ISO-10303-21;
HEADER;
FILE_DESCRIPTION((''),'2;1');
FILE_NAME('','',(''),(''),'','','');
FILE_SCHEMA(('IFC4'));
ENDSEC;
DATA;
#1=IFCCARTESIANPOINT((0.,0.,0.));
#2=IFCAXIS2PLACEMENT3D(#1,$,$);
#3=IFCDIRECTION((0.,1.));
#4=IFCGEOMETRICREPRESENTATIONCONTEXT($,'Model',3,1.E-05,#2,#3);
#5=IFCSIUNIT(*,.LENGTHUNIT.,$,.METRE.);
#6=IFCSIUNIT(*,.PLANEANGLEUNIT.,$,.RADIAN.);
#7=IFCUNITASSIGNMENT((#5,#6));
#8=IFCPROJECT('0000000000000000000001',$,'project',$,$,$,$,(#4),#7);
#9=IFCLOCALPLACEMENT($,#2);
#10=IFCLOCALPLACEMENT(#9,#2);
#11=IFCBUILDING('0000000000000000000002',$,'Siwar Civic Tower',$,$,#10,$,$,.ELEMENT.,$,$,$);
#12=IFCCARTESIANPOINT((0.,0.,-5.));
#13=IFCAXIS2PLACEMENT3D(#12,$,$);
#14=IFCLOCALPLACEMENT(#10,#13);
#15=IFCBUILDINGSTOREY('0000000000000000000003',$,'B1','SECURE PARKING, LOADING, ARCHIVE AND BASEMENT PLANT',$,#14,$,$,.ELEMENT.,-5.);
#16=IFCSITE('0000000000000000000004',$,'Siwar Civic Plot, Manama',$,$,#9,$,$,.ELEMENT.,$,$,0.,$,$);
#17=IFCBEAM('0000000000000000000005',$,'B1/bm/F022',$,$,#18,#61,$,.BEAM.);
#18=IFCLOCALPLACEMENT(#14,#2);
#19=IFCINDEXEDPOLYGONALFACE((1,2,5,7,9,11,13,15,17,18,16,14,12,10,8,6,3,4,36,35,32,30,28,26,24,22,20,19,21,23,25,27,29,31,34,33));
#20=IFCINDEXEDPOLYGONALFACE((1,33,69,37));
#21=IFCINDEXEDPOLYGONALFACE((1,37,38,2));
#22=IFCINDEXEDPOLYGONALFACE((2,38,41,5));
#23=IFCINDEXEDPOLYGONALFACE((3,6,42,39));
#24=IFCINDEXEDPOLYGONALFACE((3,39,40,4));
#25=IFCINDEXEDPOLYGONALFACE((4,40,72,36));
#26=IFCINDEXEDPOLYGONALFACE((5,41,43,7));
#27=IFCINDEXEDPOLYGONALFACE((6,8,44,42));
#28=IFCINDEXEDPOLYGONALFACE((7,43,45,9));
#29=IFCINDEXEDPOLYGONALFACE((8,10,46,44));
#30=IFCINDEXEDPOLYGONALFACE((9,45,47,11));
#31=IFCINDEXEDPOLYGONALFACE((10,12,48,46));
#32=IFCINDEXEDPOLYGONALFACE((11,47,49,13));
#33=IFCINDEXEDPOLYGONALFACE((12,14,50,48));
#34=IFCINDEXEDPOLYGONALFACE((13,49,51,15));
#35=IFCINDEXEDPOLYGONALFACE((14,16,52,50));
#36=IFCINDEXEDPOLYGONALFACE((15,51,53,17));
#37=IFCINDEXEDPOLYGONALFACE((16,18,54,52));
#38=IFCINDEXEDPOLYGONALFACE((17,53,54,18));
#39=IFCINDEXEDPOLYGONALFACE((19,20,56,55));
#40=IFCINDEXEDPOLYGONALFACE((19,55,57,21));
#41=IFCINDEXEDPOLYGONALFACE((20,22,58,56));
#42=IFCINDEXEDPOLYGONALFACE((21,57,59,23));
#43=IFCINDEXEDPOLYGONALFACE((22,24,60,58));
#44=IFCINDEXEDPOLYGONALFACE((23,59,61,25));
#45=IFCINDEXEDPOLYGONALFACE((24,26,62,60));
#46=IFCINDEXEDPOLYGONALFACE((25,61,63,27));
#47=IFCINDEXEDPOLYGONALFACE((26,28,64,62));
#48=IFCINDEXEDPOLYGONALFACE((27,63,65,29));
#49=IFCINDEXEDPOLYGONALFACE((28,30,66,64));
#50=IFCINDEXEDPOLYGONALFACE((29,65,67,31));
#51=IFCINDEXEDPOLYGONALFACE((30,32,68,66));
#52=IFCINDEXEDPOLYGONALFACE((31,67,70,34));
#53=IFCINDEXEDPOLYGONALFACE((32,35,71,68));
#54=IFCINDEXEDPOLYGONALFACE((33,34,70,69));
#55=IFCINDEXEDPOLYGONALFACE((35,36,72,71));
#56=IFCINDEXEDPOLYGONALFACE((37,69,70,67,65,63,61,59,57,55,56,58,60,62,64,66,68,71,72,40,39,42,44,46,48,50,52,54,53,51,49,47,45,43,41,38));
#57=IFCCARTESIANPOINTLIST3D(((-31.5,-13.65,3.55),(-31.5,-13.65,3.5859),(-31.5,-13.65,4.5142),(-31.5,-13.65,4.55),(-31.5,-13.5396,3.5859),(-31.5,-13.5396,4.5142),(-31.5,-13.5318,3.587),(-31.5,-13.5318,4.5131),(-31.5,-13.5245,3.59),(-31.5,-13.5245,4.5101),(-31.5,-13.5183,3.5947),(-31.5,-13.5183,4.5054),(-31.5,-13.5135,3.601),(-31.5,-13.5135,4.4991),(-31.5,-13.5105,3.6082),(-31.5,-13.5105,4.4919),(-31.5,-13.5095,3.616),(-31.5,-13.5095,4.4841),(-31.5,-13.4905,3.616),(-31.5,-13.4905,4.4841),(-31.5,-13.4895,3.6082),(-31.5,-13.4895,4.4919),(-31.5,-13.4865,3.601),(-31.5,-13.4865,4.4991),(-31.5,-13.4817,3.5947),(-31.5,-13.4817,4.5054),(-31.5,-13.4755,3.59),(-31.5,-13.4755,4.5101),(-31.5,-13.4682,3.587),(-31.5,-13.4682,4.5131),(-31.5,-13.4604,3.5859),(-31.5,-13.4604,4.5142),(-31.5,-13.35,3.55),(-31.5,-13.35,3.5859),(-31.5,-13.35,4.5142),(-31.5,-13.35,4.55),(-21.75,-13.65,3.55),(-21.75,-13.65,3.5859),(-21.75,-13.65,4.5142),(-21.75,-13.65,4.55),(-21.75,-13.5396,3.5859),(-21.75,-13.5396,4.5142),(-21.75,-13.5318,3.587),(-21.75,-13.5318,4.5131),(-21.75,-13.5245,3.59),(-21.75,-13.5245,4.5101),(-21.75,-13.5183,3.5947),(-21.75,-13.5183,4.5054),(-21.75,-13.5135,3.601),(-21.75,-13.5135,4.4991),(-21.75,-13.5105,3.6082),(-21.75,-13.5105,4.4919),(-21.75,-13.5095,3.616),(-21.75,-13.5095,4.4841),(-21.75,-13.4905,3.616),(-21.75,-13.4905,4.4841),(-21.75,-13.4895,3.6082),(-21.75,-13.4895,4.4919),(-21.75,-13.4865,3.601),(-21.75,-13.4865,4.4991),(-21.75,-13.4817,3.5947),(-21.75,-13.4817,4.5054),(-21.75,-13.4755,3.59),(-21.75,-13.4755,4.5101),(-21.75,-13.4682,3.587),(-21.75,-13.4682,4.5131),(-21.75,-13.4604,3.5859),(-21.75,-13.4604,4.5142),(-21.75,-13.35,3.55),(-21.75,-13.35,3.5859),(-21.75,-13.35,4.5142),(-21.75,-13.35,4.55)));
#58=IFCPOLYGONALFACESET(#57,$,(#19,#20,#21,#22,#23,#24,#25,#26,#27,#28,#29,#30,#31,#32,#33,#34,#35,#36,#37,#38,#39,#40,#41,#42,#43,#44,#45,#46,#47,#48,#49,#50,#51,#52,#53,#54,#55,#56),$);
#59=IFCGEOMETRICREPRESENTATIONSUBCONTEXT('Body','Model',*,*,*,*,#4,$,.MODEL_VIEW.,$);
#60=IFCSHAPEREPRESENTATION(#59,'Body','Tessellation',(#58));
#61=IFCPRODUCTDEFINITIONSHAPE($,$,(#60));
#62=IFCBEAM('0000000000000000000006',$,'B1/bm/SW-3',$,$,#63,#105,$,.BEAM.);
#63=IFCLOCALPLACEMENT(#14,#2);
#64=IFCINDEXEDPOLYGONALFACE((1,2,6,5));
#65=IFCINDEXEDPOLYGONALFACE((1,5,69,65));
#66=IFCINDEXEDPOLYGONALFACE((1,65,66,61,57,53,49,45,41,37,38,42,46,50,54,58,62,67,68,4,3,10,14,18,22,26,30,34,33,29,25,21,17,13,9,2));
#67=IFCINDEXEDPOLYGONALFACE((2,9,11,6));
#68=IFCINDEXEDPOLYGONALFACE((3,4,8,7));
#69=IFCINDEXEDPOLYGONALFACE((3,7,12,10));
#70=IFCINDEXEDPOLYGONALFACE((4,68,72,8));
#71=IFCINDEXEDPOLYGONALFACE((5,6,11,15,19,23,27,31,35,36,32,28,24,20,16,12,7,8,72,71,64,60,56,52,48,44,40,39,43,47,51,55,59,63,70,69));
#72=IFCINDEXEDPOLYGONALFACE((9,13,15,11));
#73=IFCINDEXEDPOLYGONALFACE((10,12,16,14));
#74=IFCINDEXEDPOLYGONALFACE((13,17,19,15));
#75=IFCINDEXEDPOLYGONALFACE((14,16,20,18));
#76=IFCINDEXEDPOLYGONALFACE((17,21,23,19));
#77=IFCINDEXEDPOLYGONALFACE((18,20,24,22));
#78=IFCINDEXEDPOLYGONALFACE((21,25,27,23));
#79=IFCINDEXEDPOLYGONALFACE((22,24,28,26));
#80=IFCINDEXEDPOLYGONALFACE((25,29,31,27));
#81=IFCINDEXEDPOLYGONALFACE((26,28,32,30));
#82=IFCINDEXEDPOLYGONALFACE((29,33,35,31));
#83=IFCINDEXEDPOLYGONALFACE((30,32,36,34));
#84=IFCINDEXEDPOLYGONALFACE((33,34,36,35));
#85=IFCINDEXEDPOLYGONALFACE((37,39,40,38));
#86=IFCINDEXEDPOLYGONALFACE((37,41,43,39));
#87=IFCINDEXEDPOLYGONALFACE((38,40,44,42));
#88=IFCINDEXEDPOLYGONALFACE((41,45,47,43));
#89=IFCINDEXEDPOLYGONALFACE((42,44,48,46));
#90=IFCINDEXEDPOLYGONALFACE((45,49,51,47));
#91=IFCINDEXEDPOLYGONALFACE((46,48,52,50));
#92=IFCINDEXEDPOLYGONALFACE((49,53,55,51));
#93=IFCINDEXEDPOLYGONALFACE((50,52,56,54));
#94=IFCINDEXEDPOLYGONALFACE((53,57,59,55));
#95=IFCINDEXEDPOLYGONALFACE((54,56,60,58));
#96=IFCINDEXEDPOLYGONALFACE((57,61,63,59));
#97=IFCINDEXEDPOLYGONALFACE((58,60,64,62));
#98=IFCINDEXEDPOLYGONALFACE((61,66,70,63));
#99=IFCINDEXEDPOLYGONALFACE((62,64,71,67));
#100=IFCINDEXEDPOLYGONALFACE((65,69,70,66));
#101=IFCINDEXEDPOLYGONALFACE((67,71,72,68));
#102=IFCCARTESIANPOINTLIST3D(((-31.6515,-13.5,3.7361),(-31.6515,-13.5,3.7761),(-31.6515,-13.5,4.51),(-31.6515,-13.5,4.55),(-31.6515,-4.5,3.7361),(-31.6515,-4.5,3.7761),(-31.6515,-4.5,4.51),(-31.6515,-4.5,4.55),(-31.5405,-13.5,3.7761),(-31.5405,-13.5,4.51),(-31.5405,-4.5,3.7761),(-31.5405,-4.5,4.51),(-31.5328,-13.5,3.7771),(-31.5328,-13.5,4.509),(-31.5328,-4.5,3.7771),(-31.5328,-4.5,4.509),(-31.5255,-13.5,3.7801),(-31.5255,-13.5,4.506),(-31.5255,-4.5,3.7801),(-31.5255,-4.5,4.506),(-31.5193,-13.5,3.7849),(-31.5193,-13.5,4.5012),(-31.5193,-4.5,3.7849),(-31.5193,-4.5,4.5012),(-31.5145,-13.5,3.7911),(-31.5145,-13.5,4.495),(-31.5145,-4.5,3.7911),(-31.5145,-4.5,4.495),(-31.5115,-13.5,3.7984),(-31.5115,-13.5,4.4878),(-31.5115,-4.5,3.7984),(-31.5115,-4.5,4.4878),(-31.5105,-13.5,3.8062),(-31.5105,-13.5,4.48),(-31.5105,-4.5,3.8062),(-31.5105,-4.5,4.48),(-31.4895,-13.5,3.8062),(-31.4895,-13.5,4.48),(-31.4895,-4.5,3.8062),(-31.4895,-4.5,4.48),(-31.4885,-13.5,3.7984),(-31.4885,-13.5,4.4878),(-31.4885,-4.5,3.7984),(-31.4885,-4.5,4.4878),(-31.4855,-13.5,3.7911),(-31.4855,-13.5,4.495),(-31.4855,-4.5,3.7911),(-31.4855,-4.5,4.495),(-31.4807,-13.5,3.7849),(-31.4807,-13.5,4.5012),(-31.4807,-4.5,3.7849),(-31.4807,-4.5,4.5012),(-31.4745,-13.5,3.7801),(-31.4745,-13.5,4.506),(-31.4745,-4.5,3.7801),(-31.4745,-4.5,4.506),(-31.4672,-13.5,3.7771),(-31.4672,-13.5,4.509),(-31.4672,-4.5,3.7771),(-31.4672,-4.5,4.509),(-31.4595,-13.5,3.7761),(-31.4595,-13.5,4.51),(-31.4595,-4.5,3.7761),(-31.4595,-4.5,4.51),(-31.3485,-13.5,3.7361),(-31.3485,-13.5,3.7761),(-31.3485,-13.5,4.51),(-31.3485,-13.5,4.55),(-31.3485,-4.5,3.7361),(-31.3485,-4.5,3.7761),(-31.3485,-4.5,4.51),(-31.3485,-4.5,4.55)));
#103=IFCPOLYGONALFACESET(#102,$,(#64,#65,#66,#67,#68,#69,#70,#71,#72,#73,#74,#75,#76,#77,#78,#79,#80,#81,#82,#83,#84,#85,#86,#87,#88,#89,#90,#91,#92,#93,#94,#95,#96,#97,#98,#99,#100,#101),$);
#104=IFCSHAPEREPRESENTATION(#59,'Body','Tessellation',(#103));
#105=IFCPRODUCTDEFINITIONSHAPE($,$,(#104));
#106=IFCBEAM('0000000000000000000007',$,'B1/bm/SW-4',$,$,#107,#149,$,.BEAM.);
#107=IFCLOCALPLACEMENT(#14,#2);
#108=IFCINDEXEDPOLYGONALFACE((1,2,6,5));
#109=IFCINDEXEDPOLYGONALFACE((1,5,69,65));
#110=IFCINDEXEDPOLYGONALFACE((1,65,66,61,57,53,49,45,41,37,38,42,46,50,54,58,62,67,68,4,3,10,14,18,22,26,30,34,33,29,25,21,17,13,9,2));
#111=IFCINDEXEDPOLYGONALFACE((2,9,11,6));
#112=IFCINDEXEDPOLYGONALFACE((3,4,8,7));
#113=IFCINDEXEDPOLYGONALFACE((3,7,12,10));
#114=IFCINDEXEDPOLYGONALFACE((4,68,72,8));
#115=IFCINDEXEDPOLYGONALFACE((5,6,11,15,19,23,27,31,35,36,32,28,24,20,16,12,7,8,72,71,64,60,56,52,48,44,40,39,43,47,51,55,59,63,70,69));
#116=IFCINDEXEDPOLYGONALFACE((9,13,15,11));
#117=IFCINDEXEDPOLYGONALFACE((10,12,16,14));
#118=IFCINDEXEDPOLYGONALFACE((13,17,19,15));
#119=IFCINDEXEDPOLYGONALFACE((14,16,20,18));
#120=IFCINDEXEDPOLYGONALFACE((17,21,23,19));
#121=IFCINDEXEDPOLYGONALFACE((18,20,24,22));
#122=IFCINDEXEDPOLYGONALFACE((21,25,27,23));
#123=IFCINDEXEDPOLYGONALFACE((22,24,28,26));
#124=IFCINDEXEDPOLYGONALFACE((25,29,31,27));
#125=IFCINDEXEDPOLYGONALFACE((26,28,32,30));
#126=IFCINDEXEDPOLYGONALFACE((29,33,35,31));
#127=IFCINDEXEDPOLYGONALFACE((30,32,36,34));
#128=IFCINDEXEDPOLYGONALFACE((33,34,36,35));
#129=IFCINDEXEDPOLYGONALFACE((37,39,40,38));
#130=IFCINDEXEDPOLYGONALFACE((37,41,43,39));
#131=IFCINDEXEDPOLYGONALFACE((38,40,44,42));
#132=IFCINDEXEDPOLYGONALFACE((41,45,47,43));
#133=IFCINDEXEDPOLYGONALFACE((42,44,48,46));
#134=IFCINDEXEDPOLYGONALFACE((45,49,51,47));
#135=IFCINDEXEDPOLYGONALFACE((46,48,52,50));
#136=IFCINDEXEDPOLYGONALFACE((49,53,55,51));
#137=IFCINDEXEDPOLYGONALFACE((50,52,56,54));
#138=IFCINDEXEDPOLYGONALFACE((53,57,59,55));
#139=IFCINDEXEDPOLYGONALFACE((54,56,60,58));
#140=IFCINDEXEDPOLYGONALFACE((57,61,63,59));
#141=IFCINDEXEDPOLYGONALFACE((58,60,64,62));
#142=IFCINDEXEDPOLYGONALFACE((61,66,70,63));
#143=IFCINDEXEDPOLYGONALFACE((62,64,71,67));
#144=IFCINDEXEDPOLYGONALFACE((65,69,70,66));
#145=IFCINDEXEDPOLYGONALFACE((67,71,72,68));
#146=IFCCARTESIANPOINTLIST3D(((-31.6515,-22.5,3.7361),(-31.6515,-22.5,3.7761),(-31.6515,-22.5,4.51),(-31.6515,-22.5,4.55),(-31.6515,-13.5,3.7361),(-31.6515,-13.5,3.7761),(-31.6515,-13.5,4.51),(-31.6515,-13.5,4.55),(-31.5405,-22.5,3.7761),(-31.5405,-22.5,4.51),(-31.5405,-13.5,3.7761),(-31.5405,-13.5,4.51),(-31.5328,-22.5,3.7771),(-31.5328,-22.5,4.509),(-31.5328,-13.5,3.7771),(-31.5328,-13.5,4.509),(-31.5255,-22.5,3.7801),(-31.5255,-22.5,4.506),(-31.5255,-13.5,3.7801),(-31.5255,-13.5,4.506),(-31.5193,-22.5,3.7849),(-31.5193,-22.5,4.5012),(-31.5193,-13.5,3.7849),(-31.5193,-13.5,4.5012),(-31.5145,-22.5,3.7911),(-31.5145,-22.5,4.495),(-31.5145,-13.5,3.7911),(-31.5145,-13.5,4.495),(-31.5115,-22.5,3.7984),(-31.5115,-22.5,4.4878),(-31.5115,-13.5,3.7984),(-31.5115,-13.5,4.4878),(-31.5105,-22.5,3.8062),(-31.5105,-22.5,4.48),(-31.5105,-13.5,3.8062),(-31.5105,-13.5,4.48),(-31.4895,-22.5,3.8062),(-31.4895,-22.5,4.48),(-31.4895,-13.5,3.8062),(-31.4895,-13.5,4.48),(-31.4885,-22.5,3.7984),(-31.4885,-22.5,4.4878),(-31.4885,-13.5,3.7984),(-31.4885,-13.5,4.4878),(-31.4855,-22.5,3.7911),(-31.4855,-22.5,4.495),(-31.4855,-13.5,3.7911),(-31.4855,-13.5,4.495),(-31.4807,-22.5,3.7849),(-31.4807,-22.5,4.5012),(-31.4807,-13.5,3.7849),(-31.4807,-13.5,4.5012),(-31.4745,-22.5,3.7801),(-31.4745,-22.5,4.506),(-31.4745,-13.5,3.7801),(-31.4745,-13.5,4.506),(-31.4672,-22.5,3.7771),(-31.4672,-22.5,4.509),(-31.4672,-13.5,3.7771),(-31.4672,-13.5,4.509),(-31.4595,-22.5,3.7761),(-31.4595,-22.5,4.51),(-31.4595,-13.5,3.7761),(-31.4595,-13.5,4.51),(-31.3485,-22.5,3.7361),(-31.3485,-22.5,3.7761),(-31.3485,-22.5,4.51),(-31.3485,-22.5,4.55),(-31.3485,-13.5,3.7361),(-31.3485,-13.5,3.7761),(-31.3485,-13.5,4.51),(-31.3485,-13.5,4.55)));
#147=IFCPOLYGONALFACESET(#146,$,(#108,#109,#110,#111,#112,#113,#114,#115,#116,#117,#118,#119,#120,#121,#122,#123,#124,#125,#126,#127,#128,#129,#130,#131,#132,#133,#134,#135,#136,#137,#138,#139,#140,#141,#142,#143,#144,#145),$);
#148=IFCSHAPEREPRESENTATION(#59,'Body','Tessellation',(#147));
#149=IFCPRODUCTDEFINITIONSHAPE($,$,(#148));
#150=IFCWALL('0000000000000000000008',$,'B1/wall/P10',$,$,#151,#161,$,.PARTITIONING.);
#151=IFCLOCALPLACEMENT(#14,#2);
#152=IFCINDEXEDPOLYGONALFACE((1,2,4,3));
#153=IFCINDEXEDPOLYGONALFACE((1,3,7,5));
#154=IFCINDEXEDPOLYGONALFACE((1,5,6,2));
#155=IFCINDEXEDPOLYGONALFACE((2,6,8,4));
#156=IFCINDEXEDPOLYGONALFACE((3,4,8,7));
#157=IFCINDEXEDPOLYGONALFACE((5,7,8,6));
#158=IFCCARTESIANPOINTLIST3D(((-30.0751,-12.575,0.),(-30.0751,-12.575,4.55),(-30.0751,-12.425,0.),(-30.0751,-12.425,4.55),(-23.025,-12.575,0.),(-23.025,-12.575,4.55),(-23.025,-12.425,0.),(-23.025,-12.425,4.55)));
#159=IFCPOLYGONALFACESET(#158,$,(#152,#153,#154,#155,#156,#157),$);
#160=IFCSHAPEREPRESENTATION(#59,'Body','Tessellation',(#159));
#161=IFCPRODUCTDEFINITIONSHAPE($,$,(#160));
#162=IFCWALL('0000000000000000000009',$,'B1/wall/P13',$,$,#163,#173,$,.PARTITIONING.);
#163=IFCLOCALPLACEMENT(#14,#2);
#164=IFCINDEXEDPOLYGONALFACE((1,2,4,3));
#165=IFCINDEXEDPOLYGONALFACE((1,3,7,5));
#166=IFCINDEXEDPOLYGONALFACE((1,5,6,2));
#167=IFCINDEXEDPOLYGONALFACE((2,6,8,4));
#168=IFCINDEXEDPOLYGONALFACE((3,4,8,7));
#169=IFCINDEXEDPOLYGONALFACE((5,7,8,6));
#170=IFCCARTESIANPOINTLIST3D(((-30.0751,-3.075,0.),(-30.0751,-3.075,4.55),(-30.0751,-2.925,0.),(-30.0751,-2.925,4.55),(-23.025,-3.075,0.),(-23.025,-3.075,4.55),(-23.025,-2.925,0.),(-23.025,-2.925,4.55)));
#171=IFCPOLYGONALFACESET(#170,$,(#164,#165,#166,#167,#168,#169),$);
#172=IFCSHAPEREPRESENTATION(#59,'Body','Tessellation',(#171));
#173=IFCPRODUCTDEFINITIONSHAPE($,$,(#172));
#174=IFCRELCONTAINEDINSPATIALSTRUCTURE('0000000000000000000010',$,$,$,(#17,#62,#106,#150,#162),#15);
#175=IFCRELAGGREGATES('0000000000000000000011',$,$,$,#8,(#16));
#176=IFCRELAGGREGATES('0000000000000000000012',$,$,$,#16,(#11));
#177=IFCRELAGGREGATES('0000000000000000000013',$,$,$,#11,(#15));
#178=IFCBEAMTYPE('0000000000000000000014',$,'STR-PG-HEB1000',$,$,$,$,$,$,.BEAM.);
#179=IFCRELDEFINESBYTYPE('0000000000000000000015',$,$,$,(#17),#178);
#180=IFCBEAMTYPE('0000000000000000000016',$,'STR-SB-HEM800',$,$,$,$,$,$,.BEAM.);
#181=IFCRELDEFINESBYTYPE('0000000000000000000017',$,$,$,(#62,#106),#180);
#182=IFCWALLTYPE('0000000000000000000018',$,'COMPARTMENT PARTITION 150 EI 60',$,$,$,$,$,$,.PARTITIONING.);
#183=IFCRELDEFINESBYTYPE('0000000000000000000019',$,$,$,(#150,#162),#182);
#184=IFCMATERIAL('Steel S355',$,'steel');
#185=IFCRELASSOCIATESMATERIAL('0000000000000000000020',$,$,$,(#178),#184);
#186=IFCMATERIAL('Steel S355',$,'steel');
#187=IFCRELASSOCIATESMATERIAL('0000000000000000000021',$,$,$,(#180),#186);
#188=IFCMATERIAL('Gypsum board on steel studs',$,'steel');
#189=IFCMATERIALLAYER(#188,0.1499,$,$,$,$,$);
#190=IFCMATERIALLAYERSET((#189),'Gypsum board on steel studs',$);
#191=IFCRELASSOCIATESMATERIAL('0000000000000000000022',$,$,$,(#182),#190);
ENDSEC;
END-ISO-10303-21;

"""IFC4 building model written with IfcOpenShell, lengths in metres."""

from ifc_helpers import new_model, si_unit, direction, frame, frame_2d, origin, origin_2d, place, context, subcontext, project, spatial, rectangle, i_section, extrude, material, layer, layer_set, material_profile, profile_set, type_object, element, save


model = new_model("IFC4")

# Units and contexts
model_context = context("Model", 3, precision=1e-05, world=origin(), true_north=direction((0.0, 1.0)))
body_context = subcontext(model_context, "Body", "Model", "MODEL_VIEW")
ifc_project = project(units=[si_unit("LENGTHUNIT", "METRE"), si_unit("PLANEANGLEUNIT", "RADIAN")], contexts=[model_context])

# Site, building, storey
site_placement = place(None, origin())
site = spatial("IfcSite", under=ifc_project, at=site_placement, Name="Siwar Civic Plot, Manama", CompositionType="ELEMENT", RefElevation=0.0)
building_placement = place(site_placement, origin())
building = spatial("IfcBuilding", under=site, at=building_placement, Name="Siwar Civic Tower", CompositionType="ELEMENT")
storey_placement = place(building_placement, frame((0.0, 0.0, -5.0)))
storey = spatial("IfcBuildingStorey", under=building, at=storey_placement, Name="B1", Description="SECURE PARKING, LOADING, ARCHIVE AND BASEMENT PLANT", CompositionType="ELEMENT", Elevation=-5.0)

# Beams
ifc_material_1 = material(Name="Steel S355", Category="steel")
ifc_material_profile_1 = material_profile(ifc_material_1, i_section(OverallWidth=0.3, OverallDepth=1.0, WebThickness=0.019, FlangeThickness=0.0359, FilletRadius=0.03, at=origin_2d()), Name="HEB1000")
ifc_profile_set_1 = profile_set([ifc_material_profile_1], Name="Steel S355")
beam_type_1 = type_object("IfcBeamType", Name="STR-PG-HEB1000", PredefinedType="BEAM", material=ifc_profile_set_1)
beam_1_placement = place(storey_placement, frame((-31.5, -13.5, 4.05), z_axis=(1.0, 0.0, 0.0), x_axis=(0.0, 1.0, 0.0)))
element("IfcBeam", 1, at=beam_1_placement, inside=storey, type_object=beam_type_1, Name="B1/bm/F022", PredefinedType="BEAM", context=body_context, shape_type="SweptSolid", body=[
    extrude(i_section(OverallWidth=0.3, OverallDepth=1.0, WebThickness=0.019, FlangeThickness=0.0359, FilletRadius=0.03, at=origin_2d()), origin(), (0.0, 0.0, 1.0), 9.75),
])
ifc_material_2 = material(Name="Steel S355", Category="steel")
ifc_material_profile_2 = material_profile(ifc_material_2, i_section(OverallWidth=0.303, OverallDepth=0.814, WebThickness=0.021, FlangeThickness=0.04, FilletRadius=0.03, at=origin_2d()), Name="HEM800")
ifc_profile_set_2 = profile_set([ifc_material_profile_2], Name="Steel S355")
beam_type_2 = type_object("IfcBeamType", Name="STR-SB-HEM800", PredefinedType="BEAM", material=ifc_profile_set_2)
for number, where, z_axis, x_axis, name in (
    (2, (-31.5, -4.5, 4.1431), (0.0, -1.0, 0.0), (1.0, 0.0, 0.0), "B1/bm/SW-3"),
    (3, (-31.5, -13.5, 4.1431), (0.0, -1.0, 0.0), (1.0, 0.0, 0.0), "B1/bm/SW-4"),
):
    element("IfcBeam", number, at=place(storey_placement, frame(where, z_axis=z_axis, x_axis=x_axis)), inside=storey, type_object=beam_type_2, Name=name, PredefinedType="BEAM", context=body_context, shape_type="SweptSolid", body=[
        extrude(i_section(OverallWidth=0.303, OverallDepth=0.814, WebThickness=0.021, FlangeThickness=0.04, FilletRadius=0.03, at=origin_2d()), origin(), (0.0, 0.0, 1.0), 9.0),
    ])

# Walls
ifc_material_3 = material(Name="Gypsum board on steel studs", Category="steel")
ifc_layer = layer(ifc_material_3, 0.1499)
ifc_layer_set = layer_set([ifc_layer], Name="Gypsum board on steel studs")
wall_type = type_object("IfcWallType", Name="COMPARTMENT PARTITION 150 EI 60", PredefinedType="PARTITIONING", material=ifc_layer_set)
for number, where, z_axis, x_axis, name in (
    (4, (-30.075, -12.5, 0.0), (0.0, 0.0, 1.0), (1.0, 0.0, 0.0), "B1/wall/P10"),
    (5, (-30.075, -3.0, 0.0), (0.0, 0.0, 1.0), (1.0, 0.0, 0.0), "B1/wall/P13"),
):
    element("IfcWall", number, at=place(storey_placement, frame(where, z_axis=z_axis, x_axis=x_axis)), inside=storey, type_object=wall_type, Name=name, PredefinedType="PARTITIONING", context=body_context, shape_type="SweptSolid", body=[
        extrude(rectangle(XDim=7.05, YDim=0.1499, at=frame_2d((3.5249, 0.0))), origin(), (0.0, 0.0, 1.0), 4.55),
    ])

save(model, "model.ifc")
